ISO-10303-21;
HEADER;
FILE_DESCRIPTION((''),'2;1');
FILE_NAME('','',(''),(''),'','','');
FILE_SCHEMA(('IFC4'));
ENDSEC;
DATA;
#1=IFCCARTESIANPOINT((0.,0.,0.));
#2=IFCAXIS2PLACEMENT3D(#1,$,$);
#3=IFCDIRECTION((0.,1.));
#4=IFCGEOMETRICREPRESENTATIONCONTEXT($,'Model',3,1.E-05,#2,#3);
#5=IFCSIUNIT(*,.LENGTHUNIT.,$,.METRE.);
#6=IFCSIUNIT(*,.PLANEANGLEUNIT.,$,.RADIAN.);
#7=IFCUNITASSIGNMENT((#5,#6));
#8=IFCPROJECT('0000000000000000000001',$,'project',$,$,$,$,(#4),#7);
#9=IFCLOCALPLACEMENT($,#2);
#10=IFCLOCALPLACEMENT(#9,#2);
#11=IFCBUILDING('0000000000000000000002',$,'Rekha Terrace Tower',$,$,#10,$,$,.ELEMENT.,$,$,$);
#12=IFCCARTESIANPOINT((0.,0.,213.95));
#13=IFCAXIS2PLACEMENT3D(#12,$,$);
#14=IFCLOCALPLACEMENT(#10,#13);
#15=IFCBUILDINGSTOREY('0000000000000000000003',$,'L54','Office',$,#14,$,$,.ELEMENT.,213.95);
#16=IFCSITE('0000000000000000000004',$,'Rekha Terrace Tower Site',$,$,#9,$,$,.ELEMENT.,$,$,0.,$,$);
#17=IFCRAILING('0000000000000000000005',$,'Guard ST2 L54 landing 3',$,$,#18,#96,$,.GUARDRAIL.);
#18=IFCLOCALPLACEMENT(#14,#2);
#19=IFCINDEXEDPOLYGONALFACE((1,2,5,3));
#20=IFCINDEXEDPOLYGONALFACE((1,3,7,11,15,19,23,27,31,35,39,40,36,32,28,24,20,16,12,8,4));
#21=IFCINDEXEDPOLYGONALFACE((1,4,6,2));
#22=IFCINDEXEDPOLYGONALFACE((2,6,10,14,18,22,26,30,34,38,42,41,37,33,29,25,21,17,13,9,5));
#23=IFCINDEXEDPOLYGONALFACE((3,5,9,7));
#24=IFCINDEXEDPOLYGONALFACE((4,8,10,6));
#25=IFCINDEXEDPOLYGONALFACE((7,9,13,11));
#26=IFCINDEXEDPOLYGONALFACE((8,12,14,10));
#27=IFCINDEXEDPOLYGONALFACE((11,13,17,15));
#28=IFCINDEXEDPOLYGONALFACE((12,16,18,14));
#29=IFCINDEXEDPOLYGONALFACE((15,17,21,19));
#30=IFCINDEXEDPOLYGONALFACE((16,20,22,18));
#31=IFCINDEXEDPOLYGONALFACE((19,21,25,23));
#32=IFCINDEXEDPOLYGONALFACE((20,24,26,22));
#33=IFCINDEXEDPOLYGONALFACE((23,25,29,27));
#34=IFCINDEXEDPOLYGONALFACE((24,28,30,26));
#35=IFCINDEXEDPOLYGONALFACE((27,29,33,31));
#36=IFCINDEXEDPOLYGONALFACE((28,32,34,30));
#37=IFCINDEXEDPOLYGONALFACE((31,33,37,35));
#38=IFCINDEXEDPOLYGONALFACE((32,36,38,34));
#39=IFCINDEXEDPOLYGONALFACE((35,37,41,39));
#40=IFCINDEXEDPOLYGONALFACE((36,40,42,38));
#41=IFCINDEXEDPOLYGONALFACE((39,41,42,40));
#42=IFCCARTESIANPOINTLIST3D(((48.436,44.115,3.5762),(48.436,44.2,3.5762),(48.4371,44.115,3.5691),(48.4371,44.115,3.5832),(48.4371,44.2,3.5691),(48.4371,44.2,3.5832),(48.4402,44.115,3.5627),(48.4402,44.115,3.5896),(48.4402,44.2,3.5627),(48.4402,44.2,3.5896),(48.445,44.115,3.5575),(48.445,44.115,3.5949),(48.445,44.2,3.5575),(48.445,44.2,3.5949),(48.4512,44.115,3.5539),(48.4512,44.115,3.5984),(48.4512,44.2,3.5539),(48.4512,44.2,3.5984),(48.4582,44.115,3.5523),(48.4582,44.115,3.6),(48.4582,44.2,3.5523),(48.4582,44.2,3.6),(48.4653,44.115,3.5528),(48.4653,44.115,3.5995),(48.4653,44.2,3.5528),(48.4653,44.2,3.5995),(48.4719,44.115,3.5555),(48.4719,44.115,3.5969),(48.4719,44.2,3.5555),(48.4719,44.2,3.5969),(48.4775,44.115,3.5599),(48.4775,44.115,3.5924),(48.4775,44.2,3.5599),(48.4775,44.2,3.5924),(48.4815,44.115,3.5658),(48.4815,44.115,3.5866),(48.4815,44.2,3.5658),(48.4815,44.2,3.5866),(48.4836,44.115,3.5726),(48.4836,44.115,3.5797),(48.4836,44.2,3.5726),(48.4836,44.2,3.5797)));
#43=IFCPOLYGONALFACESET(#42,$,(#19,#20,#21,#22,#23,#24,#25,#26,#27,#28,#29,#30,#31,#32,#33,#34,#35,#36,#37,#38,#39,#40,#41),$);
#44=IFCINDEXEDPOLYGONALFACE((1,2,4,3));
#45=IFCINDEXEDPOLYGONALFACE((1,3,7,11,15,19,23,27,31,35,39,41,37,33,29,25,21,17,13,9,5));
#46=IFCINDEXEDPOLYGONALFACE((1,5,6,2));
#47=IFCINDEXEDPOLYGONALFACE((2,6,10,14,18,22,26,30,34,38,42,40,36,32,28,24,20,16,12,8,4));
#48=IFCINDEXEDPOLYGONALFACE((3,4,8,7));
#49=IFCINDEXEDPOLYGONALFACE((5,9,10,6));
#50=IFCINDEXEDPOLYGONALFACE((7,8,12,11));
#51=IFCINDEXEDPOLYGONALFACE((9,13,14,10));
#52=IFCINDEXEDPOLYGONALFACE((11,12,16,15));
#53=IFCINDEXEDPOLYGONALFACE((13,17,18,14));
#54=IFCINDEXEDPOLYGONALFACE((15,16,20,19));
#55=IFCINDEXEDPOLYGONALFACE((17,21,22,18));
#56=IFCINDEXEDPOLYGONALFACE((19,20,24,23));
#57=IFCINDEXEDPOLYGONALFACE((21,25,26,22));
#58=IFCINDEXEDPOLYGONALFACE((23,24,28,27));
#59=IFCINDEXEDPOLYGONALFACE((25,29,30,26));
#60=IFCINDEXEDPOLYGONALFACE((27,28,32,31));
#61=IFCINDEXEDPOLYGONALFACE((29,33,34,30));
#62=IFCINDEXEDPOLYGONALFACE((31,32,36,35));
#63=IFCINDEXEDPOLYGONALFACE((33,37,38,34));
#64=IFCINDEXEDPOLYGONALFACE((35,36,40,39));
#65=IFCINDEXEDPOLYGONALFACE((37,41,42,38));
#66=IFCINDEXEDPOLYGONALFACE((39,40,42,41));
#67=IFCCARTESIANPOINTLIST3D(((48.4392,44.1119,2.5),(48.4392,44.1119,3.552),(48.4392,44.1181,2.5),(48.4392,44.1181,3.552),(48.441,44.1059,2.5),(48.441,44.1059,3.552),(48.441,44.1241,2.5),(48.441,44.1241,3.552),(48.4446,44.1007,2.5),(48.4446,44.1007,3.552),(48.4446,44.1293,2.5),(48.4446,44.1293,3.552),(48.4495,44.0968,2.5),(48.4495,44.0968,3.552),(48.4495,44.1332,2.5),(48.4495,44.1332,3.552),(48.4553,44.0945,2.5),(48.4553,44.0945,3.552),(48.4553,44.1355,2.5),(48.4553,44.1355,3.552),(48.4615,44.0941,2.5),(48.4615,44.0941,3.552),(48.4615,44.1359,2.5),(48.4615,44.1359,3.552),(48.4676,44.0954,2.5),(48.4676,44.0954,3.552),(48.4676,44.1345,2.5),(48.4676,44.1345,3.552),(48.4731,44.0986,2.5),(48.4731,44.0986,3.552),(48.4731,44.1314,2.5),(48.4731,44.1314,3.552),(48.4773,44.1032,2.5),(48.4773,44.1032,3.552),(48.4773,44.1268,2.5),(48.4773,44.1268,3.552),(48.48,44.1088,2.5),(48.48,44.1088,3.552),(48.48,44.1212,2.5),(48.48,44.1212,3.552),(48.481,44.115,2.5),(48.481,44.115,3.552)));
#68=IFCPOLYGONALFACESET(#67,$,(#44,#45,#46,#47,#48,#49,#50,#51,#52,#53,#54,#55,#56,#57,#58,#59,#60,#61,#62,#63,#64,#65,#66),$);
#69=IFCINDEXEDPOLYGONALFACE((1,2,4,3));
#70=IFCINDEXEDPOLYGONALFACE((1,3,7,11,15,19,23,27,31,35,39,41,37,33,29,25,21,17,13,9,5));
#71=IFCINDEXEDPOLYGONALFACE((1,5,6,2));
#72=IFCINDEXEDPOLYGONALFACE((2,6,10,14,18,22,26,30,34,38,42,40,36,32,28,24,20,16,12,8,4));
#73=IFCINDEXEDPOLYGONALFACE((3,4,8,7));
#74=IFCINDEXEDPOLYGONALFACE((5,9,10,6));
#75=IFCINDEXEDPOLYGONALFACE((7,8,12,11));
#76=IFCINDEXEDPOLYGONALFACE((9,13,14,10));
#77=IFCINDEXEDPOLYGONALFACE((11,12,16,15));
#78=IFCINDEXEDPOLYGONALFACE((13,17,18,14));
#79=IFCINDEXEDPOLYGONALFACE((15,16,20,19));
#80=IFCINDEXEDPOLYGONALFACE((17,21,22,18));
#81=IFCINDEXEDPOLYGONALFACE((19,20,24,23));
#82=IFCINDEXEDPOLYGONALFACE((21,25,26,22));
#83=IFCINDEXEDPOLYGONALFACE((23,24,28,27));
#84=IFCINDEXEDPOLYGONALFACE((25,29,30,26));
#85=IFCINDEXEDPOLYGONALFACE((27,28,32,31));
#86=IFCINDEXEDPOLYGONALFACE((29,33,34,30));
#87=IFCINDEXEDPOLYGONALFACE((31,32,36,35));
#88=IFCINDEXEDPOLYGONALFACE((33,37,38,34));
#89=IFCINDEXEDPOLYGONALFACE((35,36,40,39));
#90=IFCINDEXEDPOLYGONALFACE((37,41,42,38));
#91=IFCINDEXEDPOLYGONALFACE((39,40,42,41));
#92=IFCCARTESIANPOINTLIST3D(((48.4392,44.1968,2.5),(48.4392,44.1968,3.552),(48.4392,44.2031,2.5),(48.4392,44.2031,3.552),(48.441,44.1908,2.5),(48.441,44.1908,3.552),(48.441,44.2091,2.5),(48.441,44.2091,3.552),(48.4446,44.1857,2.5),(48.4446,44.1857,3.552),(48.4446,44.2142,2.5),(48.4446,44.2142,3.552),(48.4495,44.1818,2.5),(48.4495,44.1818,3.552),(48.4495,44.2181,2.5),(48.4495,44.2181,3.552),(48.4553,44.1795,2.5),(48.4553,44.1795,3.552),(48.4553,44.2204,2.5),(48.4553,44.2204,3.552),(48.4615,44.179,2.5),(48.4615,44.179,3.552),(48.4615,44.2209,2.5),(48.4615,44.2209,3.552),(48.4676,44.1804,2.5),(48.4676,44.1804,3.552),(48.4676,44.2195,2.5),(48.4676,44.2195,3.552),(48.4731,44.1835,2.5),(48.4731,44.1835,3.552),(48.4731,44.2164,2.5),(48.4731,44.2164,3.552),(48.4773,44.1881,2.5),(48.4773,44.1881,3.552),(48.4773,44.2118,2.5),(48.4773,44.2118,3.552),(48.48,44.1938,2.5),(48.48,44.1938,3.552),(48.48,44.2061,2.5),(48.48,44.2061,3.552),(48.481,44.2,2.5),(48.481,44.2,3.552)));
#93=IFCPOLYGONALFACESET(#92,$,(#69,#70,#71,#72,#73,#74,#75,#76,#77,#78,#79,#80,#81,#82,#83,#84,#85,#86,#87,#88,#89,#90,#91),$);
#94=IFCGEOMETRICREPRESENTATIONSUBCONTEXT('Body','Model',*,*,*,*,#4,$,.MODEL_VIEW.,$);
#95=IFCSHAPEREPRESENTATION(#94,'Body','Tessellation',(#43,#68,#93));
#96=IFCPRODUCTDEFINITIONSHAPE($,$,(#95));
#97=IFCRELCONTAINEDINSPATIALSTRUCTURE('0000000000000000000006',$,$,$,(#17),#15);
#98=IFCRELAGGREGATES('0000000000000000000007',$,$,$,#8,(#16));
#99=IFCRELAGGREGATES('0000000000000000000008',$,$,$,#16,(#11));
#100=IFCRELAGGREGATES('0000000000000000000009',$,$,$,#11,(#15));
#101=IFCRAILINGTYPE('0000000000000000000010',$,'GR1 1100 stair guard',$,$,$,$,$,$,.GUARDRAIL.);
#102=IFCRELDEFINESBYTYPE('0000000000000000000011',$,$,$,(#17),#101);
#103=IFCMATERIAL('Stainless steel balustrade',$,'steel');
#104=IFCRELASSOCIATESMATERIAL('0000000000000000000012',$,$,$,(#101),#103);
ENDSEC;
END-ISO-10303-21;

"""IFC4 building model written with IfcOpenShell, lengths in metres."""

from ifc_helpers import new_model, si_unit, direction, frame, origin, origin_2d, place, context, subcontext, project, spatial, circle, extrude, material, type_object, element, save


model = new_model("IFC4")

# Units and contexts
model_context = context("Model", 3, precision=1e-05, world=origin(), true_north=direction((0.0, 1.0)))
body_context = subcontext(model_context, "Body", "Model", "MODEL_VIEW")
ifc_project = project(units=[si_unit("LENGTHUNIT", "METRE"), si_unit("PLANEANGLEUNIT", "RADIAN")], contexts=[model_context])

# Site, building, storey
site_placement = place(None, origin())
site = spatial("IfcSite", under=ifc_project, at=site_placement, Name="Rekha Terrace Tower Site", CompositionType="ELEMENT", RefElevation=0.0)
building_placement = place(site_placement, origin())
building = spatial("IfcBuilding", under=site, at=building_placement, Name="Rekha Terrace Tower", CompositionType="ELEMENT")
storey_placement = place(building_placement, frame((0.0, 0.0, 213.95)))
storey = spatial("IfcBuildingStorey", under=building, at=storey_placement, Name="L54", Description="Office", CompositionType="ELEMENT", Elevation=213.95)

# Railing
ifc_material_1 = material(Name="Stainless steel balustrade", Category="steel")
railing_type_1 = type_object("IfcRailingType", Name="GR1 1100 stair guard", PredefinedType="GUARDRAIL", material=ifc_material_1)
railing_1_placement = place(storey_placement, frame((48.46, 44.115, 2.5)))
element("IfcRailing", 1, at=railing_1_placement, inside=storey, type_object=railing_type_1, Name="Guard ST2 L54 landing 3", PredefinedType="GUARDRAIL", context=body_context, shape_type="SweptSolid", body=[
    extrude(circle(Radius=0.0239, at=origin_2d()), frame((0.0, 0.0, 1.0762), z_axis=(0.0, 1.0, 0.0), x_axis=(-1.0, 0.0, 0.0)), (0.0, 0.0, 1.0), 0.085),
    extrude(circle(Radius=0.021, at=origin_2d()), origin(), (0.0, 0.0, 1.0), 1.052),
    extrude(circle(Radius=0.021, at=origin_2d()), frame((0.0, 0.085, 0.0)), (0.0, 0.0, 1.0), 1.052),
])

save(model, "model.ifc")
